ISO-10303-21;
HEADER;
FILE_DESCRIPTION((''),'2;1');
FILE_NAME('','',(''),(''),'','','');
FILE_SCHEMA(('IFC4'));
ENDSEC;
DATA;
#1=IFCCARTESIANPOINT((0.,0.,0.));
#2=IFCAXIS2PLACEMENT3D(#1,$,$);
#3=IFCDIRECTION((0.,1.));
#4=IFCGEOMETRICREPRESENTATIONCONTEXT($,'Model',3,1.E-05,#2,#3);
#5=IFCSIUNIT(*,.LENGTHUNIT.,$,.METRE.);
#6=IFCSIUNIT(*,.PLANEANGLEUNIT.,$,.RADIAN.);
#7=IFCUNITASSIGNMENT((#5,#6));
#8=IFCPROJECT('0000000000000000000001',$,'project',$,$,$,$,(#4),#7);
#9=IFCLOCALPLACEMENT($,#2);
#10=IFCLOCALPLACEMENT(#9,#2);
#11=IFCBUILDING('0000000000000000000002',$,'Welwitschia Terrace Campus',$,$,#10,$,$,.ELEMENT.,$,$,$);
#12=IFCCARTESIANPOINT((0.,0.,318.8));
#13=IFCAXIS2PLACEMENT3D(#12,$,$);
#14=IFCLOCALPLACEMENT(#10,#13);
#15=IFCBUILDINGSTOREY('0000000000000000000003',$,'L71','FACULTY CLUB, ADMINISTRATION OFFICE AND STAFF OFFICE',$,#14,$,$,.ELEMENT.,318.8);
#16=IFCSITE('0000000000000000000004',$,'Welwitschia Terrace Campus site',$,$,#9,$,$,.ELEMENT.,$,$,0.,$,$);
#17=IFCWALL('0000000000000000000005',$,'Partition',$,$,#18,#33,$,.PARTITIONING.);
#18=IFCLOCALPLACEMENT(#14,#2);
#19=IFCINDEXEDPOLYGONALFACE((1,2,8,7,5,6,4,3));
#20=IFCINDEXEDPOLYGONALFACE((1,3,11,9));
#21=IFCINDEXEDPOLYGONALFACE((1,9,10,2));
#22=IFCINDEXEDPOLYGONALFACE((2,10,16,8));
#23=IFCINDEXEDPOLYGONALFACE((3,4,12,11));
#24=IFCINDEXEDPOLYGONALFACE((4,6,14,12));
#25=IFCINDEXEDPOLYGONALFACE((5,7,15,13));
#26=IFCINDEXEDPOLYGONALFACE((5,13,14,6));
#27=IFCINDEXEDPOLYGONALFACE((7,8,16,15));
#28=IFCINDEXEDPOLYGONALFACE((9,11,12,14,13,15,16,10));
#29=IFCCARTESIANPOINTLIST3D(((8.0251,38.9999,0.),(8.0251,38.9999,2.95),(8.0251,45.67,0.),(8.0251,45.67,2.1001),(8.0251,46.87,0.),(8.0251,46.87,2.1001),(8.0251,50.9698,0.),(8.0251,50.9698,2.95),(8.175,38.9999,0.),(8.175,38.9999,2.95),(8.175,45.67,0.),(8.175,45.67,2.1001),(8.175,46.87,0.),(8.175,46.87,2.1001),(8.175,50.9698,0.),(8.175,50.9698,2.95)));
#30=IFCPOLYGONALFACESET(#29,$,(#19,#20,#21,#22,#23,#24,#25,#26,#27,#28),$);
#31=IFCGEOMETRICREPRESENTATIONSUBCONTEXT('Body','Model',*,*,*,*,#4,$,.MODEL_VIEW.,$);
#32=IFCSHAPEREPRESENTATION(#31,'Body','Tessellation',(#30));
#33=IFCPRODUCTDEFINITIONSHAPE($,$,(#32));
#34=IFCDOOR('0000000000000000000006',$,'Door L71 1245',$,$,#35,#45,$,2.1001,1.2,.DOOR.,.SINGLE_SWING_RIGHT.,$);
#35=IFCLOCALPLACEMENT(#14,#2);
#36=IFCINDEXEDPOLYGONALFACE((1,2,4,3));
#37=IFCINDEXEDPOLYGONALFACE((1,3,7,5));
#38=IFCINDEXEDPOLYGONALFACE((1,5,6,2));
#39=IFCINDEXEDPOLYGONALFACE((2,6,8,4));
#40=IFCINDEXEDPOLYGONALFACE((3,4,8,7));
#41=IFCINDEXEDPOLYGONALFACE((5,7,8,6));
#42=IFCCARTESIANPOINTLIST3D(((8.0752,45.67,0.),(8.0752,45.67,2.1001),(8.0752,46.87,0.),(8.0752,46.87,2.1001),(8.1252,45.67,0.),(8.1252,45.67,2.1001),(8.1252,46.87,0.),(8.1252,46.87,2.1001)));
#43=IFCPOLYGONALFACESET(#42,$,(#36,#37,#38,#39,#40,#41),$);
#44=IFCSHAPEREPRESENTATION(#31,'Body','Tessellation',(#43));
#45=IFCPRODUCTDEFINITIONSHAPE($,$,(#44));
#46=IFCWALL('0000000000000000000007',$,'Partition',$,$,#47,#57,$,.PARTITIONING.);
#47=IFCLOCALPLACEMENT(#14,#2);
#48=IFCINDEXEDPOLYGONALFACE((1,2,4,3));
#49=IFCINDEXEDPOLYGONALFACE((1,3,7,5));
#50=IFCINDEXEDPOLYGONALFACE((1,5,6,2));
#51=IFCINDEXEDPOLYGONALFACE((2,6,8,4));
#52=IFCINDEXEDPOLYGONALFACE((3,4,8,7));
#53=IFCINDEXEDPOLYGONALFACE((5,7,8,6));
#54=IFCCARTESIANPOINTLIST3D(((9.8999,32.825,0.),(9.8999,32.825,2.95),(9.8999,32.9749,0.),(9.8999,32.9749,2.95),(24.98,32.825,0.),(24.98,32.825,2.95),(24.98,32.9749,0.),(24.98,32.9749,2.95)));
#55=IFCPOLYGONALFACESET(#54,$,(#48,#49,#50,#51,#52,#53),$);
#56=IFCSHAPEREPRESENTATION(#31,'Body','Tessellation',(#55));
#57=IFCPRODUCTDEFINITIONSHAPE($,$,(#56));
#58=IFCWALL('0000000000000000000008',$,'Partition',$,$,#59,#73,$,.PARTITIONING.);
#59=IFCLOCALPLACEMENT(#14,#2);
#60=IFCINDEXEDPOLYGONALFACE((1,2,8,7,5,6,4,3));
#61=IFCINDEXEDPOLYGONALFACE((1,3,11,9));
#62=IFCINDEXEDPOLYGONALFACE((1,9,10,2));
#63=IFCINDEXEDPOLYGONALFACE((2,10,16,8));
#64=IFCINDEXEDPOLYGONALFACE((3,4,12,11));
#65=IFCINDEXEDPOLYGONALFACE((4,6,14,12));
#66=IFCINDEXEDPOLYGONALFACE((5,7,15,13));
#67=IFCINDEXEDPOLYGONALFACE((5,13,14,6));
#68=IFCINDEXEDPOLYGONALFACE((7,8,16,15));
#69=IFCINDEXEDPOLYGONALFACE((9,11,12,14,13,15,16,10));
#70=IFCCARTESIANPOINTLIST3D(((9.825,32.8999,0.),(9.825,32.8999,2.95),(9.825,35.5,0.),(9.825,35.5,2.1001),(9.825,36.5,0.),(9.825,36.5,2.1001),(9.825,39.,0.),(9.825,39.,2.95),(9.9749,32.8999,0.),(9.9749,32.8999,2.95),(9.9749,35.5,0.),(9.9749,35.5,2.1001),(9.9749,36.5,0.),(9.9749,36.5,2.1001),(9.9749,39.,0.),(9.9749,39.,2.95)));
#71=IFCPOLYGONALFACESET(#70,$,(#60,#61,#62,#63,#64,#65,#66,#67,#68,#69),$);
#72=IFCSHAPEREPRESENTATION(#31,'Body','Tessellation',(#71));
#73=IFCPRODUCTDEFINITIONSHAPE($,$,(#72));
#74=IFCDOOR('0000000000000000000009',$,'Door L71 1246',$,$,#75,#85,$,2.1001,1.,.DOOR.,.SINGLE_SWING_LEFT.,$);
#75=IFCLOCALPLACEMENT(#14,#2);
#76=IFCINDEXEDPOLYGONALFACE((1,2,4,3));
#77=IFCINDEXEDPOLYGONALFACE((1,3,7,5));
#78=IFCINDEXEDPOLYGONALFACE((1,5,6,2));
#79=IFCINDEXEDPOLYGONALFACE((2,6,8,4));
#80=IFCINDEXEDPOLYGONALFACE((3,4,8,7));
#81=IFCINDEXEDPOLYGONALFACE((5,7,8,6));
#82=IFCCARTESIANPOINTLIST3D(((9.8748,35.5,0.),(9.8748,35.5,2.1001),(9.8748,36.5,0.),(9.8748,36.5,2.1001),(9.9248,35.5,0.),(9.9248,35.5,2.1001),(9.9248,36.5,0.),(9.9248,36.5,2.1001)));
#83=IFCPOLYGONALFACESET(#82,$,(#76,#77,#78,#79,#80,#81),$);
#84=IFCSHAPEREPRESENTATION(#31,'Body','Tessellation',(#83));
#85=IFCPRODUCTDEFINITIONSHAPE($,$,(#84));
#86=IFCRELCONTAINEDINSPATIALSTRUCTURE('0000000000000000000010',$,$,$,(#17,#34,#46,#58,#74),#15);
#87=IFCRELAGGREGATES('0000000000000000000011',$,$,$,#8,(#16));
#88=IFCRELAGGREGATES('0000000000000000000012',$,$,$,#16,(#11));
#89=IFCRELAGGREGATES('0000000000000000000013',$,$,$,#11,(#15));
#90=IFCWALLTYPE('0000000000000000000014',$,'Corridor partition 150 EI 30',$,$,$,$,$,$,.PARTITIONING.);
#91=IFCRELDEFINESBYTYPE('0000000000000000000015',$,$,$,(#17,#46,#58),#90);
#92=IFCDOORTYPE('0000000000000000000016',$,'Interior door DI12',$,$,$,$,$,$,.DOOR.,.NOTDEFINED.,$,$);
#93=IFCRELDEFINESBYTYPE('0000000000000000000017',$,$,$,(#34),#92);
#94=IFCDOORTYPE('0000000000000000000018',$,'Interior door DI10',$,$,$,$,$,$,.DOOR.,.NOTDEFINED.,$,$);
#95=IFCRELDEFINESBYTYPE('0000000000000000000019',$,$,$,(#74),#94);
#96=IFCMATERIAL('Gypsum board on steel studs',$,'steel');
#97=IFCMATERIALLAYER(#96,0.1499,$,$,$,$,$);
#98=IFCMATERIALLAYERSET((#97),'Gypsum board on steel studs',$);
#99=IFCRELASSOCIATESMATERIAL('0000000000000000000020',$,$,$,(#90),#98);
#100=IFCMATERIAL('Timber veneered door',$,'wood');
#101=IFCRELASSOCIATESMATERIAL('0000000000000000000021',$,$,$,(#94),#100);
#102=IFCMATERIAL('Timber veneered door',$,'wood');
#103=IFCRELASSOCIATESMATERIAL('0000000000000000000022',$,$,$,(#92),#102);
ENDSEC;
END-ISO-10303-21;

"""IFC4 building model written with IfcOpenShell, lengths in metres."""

from ifc_helpers import new_model, si_unit, direction, frame, frame_2d, origin, place, context, subcontext, project, spatial, rectangle, extrude, material, layer, layer_set, type_object, element, fill, save


model = new_model("IFC4")

# Units and contexts
model_context = context("Model", 3, precision=1e-05, world=origin(), true_north=direction((0.0, 1.0)))
body_context = subcontext(model_context, "Body", "Model", "MODEL_VIEW")
ifc_project = project(units=[si_unit("LENGTHUNIT", "METRE"), si_unit("PLANEANGLEUNIT", "RADIAN")], contexts=[model_context])

# Site, building, storey
site_placement = place(None, origin())
site = spatial("IfcSite", under=ifc_project, at=site_placement, Name="Welwitschia Terrace Campus site", CompositionType="ELEMENT", RefElevation=0.0)
building_placement = place(site_placement, origin())
building = spatial("IfcBuilding", under=site, at=building_placement, Name="Welwitschia Terrace Campus", CompositionType="ELEMENT")
storey_placement = place(building_placement, frame((0.0, 0.0, 318.8)))
storey = spatial("IfcBuildingStorey", under=building, at=storey_placement, Name="L71", Description="FACULTY CLUB, ADMINISTRATION OFFICE AND STAFF OFFICE", CompositionType="ELEMENT", Elevation=318.8)

# Shared definitions
ifc_material_1 = material(Name="Gypsum board on steel studs", Category="steel")
ifc_layer_1 = layer(ifc_material_1, 0.1499)
ifc_layer_set_1 = layer_set([ifc_layer_1], Name="Gypsum board on steel studs")
wall_type = type_object("IfcWallType", Name="Corridor partition 150 EI 30", PredefinedType="PARTITIONING", material=ifc_layer_set_1)

# Wall, opening, door
ifc_material_2 = material(Name="Timber veneered door", Category="wood")
door_type_1 = type_object("IfcDoorType", Name="Interior door DI10", OperationType="NOTDEFINED", PredefinedType="DOOR", material=ifc_material_2)
wall_1_placement = place(storey_placement, frame((8.1001, 39.0, 0.0), z_axis=(0.0, 0.0, 1.0), x_axis=(0.0, 1.0, 0.0)))
wall_1 = element("IfcWall", 1, at=wall_1_placement, inside=storey, type_object=wall_type, Name="Partition", PredefinedType="PARTITIONING", context=body_context, shape_type="SweptSolid", body=[
    extrude(rectangle(XDim=11.97, YDim=0.1499, at=frame_2d((5.9849, 0.0))), origin(), (0.0, 0.0, 1.0), 2.95),
])
opening_1_placement = place(wall_1_placement, frame((6.6699, 0.0, 0.0)))
opening_1 = element("IfcOpeningElement", 2, at=opening_1_placement, cuts=wall_1, PredefinedType="OPENING", context=body_context, shape_type="SweptSolid", body=[
    extrude(rectangle(XDim=1.2, YDim=2.1001, at=frame_2d((0.6001, 1.05))), frame((0.0, 0.085, 0.0), z_axis=(0.0, -1.0, 0.0), x_axis=(1.0, 0.0, 0.0)), (0.0, 0.0, 1.0), 0.1699),
])
ifc_material_3 = material(Name="Timber veneered door", Category="wood")
door_type_2 = type_object("IfcDoorType", Name="Interior door DI12", OperationType="NOTDEFINED", PredefinedType="DOOR", material=ifc_material_3)
door_1_placement = place(opening_1_placement, origin())
door_1 = element("IfcDoor", 3, at=door_1_placement, inside=storey, type_object=door_type_2, Name="Door L71 1245", OperationType="SINGLE_SWING_RIGHT", OverallHeight=2.1001, OverallWidth=1.2, PredefinedType="DOOR", context=body_context, shape_type="SweptSolid", body=[
    extrude(rectangle(XDim=1.2, YDim=2.1001, at=frame_2d((0.6001, 1.05))), frame((0.0, 0.0249, 0.0), z_axis=(0.0, -1.0, 0.0), x_axis=(1.0, 0.0, 0.0)), (0.0, 0.0, 1.0), 0.05),
])
fill(opening_1, door_1)

# Wall
wall_2_placement = place(storey_placement, frame((9.8999, 32.8999, 0.0), z_axis=(0.0, 0.0, 1.0), x_axis=(1.0, 0.0, 0.0)))
element("IfcWall", 4, at=wall_2_placement, inside=storey, type_object=wall_type, Name="Partition", PredefinedType="PARTITIONING", context=body_context, shape_type="SweptSolid", body=[
    extrude(rectangle(XDim=15.0801, YDim=0.1499, at=frame_2d((7.54, 0.0))), origin(), (0.0, 0.0, 1.0), 2.95),
])

# Wall, opening, door
wall_3_placement = place(storey_placement, frame((9.8999, 39.0, 0.0), z_axis=(0.0, 0.0, 1.0), x_axis=(0.0, -1.0, 0.0)))
wall_3 = element("IfcWall", 5, at=wall_3_placement, inside=storey, type_object=wall_type, Name="Partition", PredefinedType="PARTITIONING", context=body_context, shape_type="SweptSolid", body=[
    extrude(rectangle(XDim=6.1001, YDim=0.1499, at=frame_2d((3.05, 0.0))), origin(), (0.0, 0.0, 1.0), 2.95),
])
opening_2_placement = place(wall_3_placement, frame((2.5, 0.0, 0.0)))
opening_2 = element("IfcOpeningElement", 6, at=opening_2_placement, cuts=wall_3, PredefinedType="OPENING", context=body_context, shape_type="SweptSolid", body=[
    extrude(rectangle(XDim=1.0, YDim=2.1001, at=frame_2d((0.5, 1.05))), frame((0.0, 0.085, 0.0), z_axis=(0.0, -1.0, 0.0), x_axis=(1.0, 0.0, 0.0)), (0.0, 0.0, 1.0), 0.1699),
])
door_2_placement = place(opening_2_placement, origin())
door_2 = element("IfcDoor", 7, at=door_2_placement, inside=storey, type_object=door_type_1, Name="Door L71 1246", OperationType="SINGLE_SWING_LEFT", OverallHeight=2.1001, OverallWidth=1.0, PredefinedType="DOOR", context=body_context, shape_type="SweptSolid", body=[
    extrude(rectangle(XDim=1.0, YDim=2.1001, at=frame_2d((0.5, 1.05))), frame((0.0, 0.0249, 0.0), z_axis=(0.0, -1.0, 0.0), x_axis=(1.0, 0.0, 0.0)), (0.0, 0.0, 1.0), 0.05),
])
fill(opening_2, door_2)

save(model, "model.ifc")
